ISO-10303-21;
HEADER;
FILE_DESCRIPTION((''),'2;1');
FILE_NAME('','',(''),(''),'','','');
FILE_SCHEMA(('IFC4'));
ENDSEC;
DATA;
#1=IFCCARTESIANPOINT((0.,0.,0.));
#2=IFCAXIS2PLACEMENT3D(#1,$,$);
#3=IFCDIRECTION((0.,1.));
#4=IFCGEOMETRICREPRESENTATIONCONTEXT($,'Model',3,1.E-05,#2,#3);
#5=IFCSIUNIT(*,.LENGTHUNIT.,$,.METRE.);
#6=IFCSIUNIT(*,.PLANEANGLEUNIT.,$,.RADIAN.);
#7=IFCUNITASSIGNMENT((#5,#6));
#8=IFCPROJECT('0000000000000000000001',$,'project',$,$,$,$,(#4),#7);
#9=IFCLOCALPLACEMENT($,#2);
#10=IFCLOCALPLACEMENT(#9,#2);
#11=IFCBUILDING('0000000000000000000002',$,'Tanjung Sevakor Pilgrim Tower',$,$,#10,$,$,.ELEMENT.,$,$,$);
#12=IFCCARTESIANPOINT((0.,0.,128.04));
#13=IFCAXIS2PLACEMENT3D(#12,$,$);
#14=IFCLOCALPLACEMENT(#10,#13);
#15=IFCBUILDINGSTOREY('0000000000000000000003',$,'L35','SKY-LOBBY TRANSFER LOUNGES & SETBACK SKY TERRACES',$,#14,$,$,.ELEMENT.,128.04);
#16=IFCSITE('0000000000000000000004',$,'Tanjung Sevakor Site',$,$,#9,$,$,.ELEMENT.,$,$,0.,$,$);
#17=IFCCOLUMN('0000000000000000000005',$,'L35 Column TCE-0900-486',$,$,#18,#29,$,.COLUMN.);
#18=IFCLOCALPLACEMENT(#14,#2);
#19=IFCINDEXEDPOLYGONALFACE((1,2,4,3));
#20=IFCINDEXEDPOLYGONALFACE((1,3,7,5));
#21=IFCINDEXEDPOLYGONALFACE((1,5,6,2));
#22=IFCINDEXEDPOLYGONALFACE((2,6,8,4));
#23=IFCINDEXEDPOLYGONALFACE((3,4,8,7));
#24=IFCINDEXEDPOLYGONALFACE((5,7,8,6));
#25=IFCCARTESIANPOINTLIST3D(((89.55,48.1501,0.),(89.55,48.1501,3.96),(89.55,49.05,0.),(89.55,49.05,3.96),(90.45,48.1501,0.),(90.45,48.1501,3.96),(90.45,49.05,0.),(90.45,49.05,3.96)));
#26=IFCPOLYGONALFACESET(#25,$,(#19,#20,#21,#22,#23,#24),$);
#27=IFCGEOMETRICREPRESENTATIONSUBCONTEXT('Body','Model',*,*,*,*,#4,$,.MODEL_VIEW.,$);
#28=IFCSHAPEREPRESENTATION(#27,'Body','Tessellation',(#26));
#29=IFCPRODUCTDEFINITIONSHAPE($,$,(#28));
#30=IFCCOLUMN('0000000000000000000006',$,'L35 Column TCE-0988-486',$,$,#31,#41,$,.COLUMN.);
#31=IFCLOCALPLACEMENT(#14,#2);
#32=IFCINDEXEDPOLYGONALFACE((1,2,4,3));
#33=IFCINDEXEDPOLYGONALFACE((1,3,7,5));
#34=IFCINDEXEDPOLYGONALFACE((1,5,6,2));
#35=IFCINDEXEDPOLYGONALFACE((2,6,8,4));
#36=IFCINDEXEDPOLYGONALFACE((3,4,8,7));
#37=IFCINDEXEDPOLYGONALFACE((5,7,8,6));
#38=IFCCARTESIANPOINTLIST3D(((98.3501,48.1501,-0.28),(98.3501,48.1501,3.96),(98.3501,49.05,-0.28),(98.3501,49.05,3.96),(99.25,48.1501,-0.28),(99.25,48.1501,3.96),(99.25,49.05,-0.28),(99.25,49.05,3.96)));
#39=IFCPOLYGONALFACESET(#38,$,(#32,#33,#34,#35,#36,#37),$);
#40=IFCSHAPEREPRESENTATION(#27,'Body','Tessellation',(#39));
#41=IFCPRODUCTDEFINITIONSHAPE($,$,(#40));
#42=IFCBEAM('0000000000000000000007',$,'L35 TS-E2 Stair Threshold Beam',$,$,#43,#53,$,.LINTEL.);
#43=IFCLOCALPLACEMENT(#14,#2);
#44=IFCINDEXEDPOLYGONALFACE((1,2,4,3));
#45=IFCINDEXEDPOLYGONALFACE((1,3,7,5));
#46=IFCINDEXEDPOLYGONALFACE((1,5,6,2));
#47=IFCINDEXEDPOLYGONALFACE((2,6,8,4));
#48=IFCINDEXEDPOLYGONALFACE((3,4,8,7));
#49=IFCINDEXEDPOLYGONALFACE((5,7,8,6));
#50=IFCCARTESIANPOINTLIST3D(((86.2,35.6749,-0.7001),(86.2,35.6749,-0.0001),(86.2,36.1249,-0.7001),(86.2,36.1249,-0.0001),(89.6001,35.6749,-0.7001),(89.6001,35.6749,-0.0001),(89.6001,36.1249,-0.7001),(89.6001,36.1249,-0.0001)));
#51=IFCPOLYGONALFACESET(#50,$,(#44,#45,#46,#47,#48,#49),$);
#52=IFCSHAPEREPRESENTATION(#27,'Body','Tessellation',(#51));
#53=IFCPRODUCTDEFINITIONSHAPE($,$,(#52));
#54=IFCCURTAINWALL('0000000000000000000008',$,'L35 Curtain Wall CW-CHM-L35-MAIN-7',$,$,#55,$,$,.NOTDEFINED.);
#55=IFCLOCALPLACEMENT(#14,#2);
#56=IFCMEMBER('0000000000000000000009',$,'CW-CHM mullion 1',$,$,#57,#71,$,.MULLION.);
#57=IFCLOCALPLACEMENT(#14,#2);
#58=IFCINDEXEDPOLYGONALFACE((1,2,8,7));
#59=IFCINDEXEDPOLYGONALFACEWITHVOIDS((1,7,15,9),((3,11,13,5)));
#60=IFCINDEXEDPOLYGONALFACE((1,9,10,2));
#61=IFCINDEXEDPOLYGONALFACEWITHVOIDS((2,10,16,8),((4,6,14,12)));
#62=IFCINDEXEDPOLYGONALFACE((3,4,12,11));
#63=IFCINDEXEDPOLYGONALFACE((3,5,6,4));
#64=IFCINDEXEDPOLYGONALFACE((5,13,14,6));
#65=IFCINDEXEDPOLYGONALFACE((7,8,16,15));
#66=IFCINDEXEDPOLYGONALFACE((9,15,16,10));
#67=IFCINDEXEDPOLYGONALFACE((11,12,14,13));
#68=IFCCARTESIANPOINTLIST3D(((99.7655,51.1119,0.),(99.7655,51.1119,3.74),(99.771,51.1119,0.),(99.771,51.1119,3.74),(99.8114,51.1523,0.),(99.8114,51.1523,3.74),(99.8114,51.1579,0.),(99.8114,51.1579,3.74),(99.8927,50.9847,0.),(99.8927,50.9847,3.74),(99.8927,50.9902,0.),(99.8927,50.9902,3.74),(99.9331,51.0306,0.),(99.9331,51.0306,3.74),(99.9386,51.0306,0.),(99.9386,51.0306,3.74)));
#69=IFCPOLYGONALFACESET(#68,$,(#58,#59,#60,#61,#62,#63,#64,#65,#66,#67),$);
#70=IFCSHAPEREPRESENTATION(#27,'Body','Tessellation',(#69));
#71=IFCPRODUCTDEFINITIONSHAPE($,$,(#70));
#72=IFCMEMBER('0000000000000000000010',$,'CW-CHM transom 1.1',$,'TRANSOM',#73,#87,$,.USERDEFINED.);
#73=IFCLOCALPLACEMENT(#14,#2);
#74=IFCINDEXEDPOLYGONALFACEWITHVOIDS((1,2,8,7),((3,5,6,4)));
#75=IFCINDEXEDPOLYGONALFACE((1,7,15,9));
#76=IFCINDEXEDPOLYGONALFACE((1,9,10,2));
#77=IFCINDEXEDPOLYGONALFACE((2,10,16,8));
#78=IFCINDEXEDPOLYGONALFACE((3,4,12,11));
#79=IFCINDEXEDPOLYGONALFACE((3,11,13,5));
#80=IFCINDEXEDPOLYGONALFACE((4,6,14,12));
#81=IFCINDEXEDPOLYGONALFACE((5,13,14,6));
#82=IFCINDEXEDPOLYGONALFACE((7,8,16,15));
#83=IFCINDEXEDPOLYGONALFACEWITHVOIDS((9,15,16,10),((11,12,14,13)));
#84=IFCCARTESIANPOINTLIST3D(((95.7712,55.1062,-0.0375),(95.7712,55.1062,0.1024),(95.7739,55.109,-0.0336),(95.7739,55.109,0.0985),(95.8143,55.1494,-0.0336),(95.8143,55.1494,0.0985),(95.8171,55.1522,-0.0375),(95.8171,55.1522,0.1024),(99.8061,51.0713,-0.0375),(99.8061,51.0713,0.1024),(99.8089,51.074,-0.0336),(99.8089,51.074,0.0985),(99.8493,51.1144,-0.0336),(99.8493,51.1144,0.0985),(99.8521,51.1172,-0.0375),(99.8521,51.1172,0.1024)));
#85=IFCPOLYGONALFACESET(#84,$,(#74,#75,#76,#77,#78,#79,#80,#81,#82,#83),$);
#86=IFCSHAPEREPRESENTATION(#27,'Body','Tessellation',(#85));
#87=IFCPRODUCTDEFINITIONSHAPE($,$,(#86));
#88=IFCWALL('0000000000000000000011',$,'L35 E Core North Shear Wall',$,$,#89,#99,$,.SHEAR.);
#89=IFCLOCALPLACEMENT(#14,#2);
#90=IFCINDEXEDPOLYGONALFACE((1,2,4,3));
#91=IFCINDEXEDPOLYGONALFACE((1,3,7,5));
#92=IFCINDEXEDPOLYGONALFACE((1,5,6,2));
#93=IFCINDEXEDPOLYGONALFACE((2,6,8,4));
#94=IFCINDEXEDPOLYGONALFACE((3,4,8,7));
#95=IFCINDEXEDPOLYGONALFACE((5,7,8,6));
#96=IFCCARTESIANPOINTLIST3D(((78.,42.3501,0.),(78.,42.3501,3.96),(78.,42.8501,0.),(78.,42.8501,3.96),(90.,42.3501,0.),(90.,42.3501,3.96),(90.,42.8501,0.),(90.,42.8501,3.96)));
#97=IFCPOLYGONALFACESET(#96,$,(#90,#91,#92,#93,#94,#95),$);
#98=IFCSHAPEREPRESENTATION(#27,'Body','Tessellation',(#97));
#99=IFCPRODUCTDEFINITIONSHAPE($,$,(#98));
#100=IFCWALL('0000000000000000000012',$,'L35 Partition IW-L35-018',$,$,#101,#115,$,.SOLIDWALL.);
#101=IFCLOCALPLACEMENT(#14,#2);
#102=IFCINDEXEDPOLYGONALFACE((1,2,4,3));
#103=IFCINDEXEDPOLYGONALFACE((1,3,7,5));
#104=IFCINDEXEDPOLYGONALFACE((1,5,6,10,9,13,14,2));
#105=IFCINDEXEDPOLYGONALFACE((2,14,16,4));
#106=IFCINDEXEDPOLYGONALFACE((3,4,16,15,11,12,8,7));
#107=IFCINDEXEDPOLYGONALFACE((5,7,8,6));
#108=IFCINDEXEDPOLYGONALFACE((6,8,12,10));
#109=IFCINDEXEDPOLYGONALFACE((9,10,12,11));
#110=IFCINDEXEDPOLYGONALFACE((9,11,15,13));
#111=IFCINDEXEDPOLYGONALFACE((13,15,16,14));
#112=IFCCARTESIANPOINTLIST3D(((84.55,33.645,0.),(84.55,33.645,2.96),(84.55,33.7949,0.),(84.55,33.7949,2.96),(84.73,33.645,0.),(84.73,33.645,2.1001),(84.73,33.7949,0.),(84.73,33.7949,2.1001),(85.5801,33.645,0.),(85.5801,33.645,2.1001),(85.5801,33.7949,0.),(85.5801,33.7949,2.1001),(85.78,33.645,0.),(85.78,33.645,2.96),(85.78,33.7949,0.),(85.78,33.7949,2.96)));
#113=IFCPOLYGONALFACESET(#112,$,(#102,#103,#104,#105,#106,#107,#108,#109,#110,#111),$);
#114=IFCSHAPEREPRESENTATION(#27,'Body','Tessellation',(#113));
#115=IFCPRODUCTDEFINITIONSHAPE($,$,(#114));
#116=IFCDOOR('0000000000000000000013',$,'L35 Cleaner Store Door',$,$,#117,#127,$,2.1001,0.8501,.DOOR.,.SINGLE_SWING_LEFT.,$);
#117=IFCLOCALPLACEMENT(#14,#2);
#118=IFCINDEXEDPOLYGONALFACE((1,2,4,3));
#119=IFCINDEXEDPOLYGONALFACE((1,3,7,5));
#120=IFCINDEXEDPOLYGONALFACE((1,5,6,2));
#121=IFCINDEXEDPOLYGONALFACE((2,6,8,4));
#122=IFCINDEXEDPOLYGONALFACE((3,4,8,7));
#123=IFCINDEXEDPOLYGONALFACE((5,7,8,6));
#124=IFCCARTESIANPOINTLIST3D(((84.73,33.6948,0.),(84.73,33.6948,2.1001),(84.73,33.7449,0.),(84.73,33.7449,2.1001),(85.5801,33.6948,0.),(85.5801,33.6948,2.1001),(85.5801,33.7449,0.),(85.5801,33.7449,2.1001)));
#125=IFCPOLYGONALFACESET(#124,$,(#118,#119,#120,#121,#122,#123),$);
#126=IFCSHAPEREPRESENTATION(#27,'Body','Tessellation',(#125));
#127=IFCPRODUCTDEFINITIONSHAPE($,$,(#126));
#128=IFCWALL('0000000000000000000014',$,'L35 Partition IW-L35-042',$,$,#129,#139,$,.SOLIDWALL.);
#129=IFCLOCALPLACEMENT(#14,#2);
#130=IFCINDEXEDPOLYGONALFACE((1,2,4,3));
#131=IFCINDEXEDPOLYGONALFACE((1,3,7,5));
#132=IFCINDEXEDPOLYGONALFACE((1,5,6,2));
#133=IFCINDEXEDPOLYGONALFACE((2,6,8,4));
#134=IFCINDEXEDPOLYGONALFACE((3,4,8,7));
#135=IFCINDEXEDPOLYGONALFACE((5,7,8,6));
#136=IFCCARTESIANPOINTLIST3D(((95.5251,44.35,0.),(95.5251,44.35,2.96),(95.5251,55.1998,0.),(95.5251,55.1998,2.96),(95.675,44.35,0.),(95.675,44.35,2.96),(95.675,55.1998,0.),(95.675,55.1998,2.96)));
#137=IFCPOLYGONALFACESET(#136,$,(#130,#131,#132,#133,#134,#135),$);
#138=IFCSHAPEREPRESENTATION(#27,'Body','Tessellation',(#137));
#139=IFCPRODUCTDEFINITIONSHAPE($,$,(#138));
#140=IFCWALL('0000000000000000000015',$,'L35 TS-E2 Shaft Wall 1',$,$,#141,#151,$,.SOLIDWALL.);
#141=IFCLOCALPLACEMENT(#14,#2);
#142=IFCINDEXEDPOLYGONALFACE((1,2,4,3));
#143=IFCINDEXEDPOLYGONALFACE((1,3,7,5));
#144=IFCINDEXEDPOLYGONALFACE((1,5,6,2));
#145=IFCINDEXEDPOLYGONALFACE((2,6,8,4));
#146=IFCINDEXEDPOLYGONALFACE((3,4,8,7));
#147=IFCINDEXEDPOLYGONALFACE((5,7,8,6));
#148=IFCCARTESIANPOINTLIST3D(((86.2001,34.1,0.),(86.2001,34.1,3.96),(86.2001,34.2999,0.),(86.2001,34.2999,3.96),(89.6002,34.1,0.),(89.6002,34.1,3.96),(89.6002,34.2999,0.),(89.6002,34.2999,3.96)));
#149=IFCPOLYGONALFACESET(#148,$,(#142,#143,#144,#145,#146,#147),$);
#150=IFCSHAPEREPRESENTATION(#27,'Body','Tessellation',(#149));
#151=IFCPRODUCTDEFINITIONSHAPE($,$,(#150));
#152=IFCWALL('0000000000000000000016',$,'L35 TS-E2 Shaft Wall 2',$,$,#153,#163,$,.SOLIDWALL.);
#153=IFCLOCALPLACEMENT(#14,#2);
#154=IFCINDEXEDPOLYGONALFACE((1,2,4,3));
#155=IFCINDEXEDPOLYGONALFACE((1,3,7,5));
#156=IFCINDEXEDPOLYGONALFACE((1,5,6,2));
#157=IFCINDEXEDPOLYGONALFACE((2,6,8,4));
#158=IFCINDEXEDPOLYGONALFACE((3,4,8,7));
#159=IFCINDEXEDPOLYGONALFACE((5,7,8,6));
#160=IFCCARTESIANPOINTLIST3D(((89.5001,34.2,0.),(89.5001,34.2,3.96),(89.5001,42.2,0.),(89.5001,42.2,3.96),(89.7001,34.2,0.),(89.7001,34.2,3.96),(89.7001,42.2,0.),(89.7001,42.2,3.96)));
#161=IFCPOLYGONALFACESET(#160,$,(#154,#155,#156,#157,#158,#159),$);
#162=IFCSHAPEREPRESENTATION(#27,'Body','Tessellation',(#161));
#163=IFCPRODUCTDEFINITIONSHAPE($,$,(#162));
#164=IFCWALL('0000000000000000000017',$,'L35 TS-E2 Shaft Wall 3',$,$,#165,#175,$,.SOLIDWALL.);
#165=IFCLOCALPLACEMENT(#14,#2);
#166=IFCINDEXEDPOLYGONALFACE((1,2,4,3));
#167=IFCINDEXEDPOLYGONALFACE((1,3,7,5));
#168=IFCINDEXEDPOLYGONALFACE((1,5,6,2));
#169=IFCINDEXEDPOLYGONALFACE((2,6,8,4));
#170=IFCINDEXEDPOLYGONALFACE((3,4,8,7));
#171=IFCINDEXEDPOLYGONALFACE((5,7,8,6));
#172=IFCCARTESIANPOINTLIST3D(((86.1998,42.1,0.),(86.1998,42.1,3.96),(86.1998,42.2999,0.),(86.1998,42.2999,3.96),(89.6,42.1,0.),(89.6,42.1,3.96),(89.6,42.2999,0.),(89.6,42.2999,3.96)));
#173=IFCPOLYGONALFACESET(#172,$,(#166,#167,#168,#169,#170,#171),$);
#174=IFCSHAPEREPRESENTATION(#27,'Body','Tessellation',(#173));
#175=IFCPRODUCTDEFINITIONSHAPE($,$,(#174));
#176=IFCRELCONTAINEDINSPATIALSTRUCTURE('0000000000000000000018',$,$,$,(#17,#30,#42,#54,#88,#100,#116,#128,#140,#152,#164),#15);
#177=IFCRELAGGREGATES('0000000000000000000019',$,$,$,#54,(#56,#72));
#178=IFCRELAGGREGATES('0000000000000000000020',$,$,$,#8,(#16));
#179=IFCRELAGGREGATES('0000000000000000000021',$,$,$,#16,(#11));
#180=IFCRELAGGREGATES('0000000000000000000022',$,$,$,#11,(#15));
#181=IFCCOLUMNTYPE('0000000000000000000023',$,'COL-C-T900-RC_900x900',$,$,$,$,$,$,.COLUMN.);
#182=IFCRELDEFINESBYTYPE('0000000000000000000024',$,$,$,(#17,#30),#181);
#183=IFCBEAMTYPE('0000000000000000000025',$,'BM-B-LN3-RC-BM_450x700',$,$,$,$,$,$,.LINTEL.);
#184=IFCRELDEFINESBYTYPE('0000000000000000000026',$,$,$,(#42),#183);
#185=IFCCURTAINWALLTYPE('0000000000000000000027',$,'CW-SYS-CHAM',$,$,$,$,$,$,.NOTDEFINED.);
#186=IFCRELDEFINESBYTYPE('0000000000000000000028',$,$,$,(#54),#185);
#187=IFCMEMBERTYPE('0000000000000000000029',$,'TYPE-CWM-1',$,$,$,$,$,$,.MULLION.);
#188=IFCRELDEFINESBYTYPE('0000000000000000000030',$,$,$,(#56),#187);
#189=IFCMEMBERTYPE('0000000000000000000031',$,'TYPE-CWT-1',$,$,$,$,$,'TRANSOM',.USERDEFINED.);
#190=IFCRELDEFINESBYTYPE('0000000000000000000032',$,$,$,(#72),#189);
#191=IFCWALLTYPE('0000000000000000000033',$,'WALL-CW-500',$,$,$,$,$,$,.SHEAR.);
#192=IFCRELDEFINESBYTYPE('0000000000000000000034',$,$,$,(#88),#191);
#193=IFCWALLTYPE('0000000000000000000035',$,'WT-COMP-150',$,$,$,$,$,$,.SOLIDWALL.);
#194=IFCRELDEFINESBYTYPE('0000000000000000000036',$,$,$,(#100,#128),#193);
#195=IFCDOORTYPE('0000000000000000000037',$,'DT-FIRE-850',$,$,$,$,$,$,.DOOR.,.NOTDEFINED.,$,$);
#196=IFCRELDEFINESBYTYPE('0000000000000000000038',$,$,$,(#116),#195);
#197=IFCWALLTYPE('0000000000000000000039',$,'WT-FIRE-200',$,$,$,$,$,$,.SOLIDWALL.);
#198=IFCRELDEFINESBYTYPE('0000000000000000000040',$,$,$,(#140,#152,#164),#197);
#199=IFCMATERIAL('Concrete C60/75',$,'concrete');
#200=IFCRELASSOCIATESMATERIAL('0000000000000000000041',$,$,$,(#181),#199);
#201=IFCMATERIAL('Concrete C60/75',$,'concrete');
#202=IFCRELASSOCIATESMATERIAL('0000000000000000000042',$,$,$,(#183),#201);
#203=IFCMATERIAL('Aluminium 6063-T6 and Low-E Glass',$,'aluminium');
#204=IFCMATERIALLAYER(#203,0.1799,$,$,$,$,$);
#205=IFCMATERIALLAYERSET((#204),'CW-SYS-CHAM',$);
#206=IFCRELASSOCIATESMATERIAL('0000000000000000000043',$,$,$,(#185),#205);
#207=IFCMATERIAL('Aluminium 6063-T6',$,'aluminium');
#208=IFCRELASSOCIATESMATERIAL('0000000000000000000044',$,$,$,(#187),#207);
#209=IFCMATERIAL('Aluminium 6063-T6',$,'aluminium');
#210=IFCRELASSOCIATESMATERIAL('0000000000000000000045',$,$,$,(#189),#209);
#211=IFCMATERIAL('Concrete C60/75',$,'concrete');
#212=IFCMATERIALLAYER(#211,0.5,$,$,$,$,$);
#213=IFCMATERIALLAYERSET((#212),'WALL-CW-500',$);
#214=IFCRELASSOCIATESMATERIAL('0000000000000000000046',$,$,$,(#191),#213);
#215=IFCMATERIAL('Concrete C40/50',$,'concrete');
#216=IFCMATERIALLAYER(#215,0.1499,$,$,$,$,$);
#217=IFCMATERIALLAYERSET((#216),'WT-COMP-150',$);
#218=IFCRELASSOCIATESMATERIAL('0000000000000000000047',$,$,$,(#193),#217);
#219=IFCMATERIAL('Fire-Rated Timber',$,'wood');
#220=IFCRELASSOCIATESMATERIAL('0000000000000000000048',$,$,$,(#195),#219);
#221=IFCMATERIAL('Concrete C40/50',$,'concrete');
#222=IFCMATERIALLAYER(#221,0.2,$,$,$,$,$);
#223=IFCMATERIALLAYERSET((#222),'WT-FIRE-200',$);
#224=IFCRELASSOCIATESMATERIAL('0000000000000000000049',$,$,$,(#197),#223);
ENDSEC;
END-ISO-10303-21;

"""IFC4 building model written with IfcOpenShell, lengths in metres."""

from ifc_helpers import new_model, si_unit, direction, frame, frame_2d, origin, origin_2d, place, context, subcontext, project, spatial, rectangle, hollow_rectangle, extrude, material, layer, layer_set, material_profile, profile_set, type_object, element, fill, aggregate, save


model = new_model("IFC4")

# Units and contexts
model_context = context("Model", 3, precision=1e-05, world=origin(), true_north=direction((0.0, 1.0)))
body_context = subcontext(model_context, "Body", "Model", "MODEL_VIEW")
ifc_project = project(units=[si_unit("LENGTHUNIT", "METRE"), si_unit("PLANEANGLEUNIT", "RADIAN")], contexts=[model_context])

# Site, building, storey
site_placement = place(None, origin())
site = spatial("IfcSite", under=ifc_project, at=site_placement, Name="Tanjung Sevakor Site", CompositionType="ELEMENT", RefElevation=0.0)
building_placement = place(site_placement, origin())
building = spatial("IfcBuilding", under=site, at=building_placement, Name="Tanjung Sevakor Pilgrim Tower", CompositionType="ELEMENT")
storey_placement = place(building_placement, frame((0.0, 0.0, 128.04)))
storey = spatial("IfcBuildingStorey", under=building, at=storey_placement, Name="L35", Description="SKY-LOBBY TRANSFER LOUNGES & SETBACK SKY TERRACES", CompositionType="ELEMENT", Elevation=128.04)

# Columns
ifc_material_1 = material(Name="Concrete C60/75", Category="concrete")
ifc_material_profile_1 = material_profile(ifc_material_1, rectangle(XDim=0.8999, YDim=0.8999, at=origin_2d()))
ifc_profile_set_1 = profile_set([ifc_material_profile_1], Name="Concrete C60/75")
column_type = type_object("IfcColumnType", Name="COL-C-T900-RC_900x900", PredefinedType="COLUMN", material=ifc_profile_set_1)
column_1_placement = place(storey_placement, frame((90.0, 48.6001, 0.0), z_axis=(0.0, 0.0, 1.0), x_axis=(1.0, 0.0, 0.0)))
element("IfcColumn", 1, at=column_1_placement, inside=storey, type_object=column_type, Name="L35 Column TCE-0900-486", PredefinedType="COLUMN", context=body_context, shape_type="SweptSolid", body=[
    extrude(rectangle(XDim=0.8999, YDim=0.8999, at=origin_2d()), origin(), (0.0, 0.0, 1.0), 3.96),
])
column_2_placement = place(storey_placement, frame((98.8, 48.6001, -0.28), z_axis=(0.0, 0.0, 1.0), x_axis=(1.0, 0.0, 0.0)))
element("IfcColumn", 2, at=column_2_placement, inside=storey, type_object=column_type, Name="L35 Column TCE-0988-486", PredefinedType="COLUMN", context=body_context, shape_type="SweptSolid", body=[
    extrude(rectangle(XDim=0.8999, YDim=0.8999, at=origin_2d()), origin(), (0.0, 0.0, 1.0), 4.24),
])

# Beam
ifc_material_2 = material(Name="Concrete C60/75", Category="concrete")
ifc_material_profile_2 = material_profile(ifc_material_2, rectangle(XDim=0.45, YDim=0.7, at=origin_2d()))
ifc_profile_set_2 = profile_set([ifc_material_profile_2], Name="Concrete C60/75")
beam_type = type_object("IfcBeamType", Name="BM-B-LN3-RC-BM_450x700", PredefinedType="LINTEL", material=ifc_profile_set_2)
beam_placement = place(storey_placement, frame((86.2, 35.8999, -0.3501), z_axis=(1.0, 0.0, 0.0), x_axis=(0.0, 1.0, 0.0)))
element("IfcBeam", 3, at=beam_placement, inside=storey, type_object=beam_type, Name="L35 TS-E2 Stair Threshold Beam", PredefinedType="LINTEL", context=body_context, shape_type="SweptSolid", body=[
    extrude(rectangle(XDim=0.45, YDim=0.7, at=origin_2d()), origin(), (0.0, 0.0, 1.0), 3.4001),
])

# Curtain wall, members
ifc_material_3 = material(Name="Aluminium 6063-T6 and Low-E Glass", Category="aluminium")
ifc_layer_1 = layer(ifc_material_3, 0.1799)
ifc_layer_set_1 = layer_set([ifc_layer_1], Name="CW-SYS-CHAM")
curtain_wall_type = type_object("IfcCurtainWallType", Name="CW-SYS-CHAM", PredefinedType="NOTDEFINED", material=ifc_layer_set_1)
curtain_wall_placement = place(storey_placement, origin())
curtain_wall = element("IfcCurtainWall", 4, at=curtain_wall_placement, inside=storey, type_object=curtain_wall_type, Name="L35 Curtain Wall CW-CHM-L35-MAIN-7", PredefinedType="NOTDEFINED")
ifc_material_4 = material(Name="Aluminium 6063-T6", Category="aluminium")
ifc_material_profile_3 = material_profile(ifc_material_4, hollow_rectangle(XDim=0.0649, YDim=0.1799, WallThickness=0.0039, at=origin_2d()))
ifc_profile_set_3 = profile_set([ifc_material_profile_3], Name="Aluminium 6063-T6")
member_type_1 = type_object("IfcMemberType", Name="TYPE-CWM-1", PredefinedType="MULLION", material=ifc_profile_set_3)
member_1_placement = place(storey_placement, frame((99.8521, 51.0713, 0.0), z_axis=(0.0, 0.0, 1.0), x_axis=(-0.707107, -0.707107, 0.0)))
member_1 = element("IfcMember", 5, at=member_1_placement, type_object=member_type_1, Name="CW-CHM mullion 1", PredefinedType="MULLION", context=body_context, shape_type="SweptSolid", body=[
    extrude(hollow_rectangle(XDim=0.0649, YDim=0.1799, WallThickness=0.0039, at=origin_2d()), origin(), (0.0, 0.0, 1.0), 3.74),
])
ifc_material_5 = material(Name="Aluminium 6063-T6", Category="aluminium")
ifc_material_profile_4 = material_profile(ifc_material_5, hollow_rectangle(XDim=0.0649, YDim=0.1399, WallThickness=0.0039, at=origin_2d()))
ifc_profile_set_4 = profile_set([ifc_material_profile_4], Name="Aluminium 6063-T6")
member_type_2 = type_object("IfcMemberType", Name="TYPE-CWT-1", ElementType="TRANSOM", PredefinedType="USERDEFINED", material=ifc_profile_set_4)
member_2_placement = place(storey_placement, frame((99.8291, 51.0942, 0.0325), z_axis=(-0.707107, 0.707107, 0.0), x_axis=(-0.707107, -0.707107, 0.0)))
member_2 = element("IfcMember", 6, at=member_2_placement, type_object=member_type_2, Name="CW-CHM transom 1.1", ObjectType="TRANSOM", PredefinedType="USERDEFINED", context=body_context, shape_type="SweptSolid", body=[
    extrude(hollow_rectangle(XDim=0.0649, YDim=0.1399, WallThickness=0.0039, at=origin_2d()), origin(), (0.0, 0.0, 1.0), 5.7063),
])
aggregate(curtain_wall, [member_1, member_2])

# Wall
ifc_material_6 = material(Name="Concrete C60/75", Category="concrete")
ifc_layer_2 = layer(ifc_material_6, 0.5)
ifc_layer_set_2 = layer_set([ifc_layer_2], Name="WALL-CW-500")
wall_type_1 = type_object("IfcWallType", Name="WALL-CW-500", PredefinedType="SHEAR", material=ifc_layer_set_2)
wall_1_placement = place(storey_placement, frame((90.0, 42.6001, 0.0), z_axis=(0.0, 0.0, 1.0), x_axis=(-1.0, 0.0, 0.0)))
element("IfcWall", 7, at=wall_1_placement, inside=storey, type_object=wall_type_1, Name="L35 E Core North Shear Wall", PredefinedType="SHEAR", context=body_context, shape_type="SweptSolid", body=[
    extrude(rectangle(XDim=12.0, YDim=0.5, at=frame_2d((6.0, 0.0))), origin(), (0.0, 0.0, 1.0), 3.96),
])

# Wall, opening, door
ifc_material_7 = material(Name="Concrete C40/50", Category="concrete")
ifc_layer_3 = layer(ifc_material_7, 0.1499)
ifc_layer_set_3 = layer_set([ifc_layer_3], Name="WT-COMP-150")
wall_type_2 = type_object("IfcWallType", Name="WT-COMP-150", PredefinedType="SOLIDWALL", material=ifc_layer_set_3)
wall_2_placement = place(storey_placement, frame((84.55, 33.72, 0.0), z_axis=(0.0, 0.0, 1.0), x_axis=(1.0, 0.0, 0.0)))
wall_2 = element("IfcWall", 8, at=wall_2_placement, inside=storey, type_object=wall_type_2, Name="L35 Partition IW-L35-018", PredefinedType="SOLIDWALL", context=body_context, shape_type="SweptSolid", body=[
    extrude(rectangle(XDim=1.23, YDim=0.1499, at=frame_2d((0.615, 0.0))), origin(), (0.0, 0.0, 1.0), 2.96),
])
opening_placement = place(wall_2_placement, frame((0.1799, 0.0, 0.0)))
opening = element("IfcOpeningElement", 9, at=opening_placement, cuts=wall_2, PredefinedType="OPENING", context=body_context, shape_type="SweptSolid", body=[
    extrude(rectangle(XDim=0.8501, YDim=2.1001, at=frame_2d((0.425, 1.05))), frame((0.0, 0.085, 0.0), z_axis=(0.0, -1.0, 0.0), x_axis=(1.0, 0.0, 0.0)), (0.0, 0.0, 1.0), 0.1699),
])
ifc_material_8 = material(Name="Fire-Rated Timber", Category="wood")
door_type = type_object("IfcDoorType", Name="DT-FIRE-850", OperationType="NOTDEFINED", PredefinedType="DOOR", material=ifc_material_8)
door_placement = place(opening_placement, origin())
door = element("IfcDoor", 10, at=door_placement, inside=storey, type_object=door_type, Name="L35 Cleaner Store Door", OperationType="SINGLE_SWING_LEFT", OverallHeight=2.1001, OverallWidth=0.8501, PredefinedType="DOOR", context=body_context, shape_type="SweptSolid", body=[
    extrude(rectangle(XDim=0.8501, YDim=2.1001, at=frame_2d((0.425, 1.05))), frame((0.0, 0.0249, 0.0), z_axis=(0.0, -1.0, 0.0), x_axis=(1.0, 0.0, 0.0)), (0.0, 0.0, 1.0), 0.05),
])
fill(opening, door)

# Walls
wall_3_placement = place(storey_placement, frame((95.6001, 44.3501, 0.0), z_axis=(0.0, 0.0, 1.0), x_axis=(0.0, 1.0, 0.0)))
element("IfcWall", 11, at=wall_3_placement, inside=storey, type_object=wall_type_2, Name="L35 Partition IW-L35-042", PredefinedType="SOLIDWALL", context=body_context, shape_type="SweptSolid", body=[
    extrude(rectangle(XDim=10.8499, YDim=0.1499, at=frame_2d((5.4248, 0.0))), origin(), (0.0, 0.0, 1.0), 2.96),
])
ifc_material_9 = material(Name="Concrete C40/50", Category="concrete")
ifc_layer_4 = layer(ifc_material_9, 0.2)
ifc_layer_set_4 = layer_set([ifc_layer_4], Name="WT-FIRE-200")
wall_type_3 = type_object("IfcWallType", Name="WT-FIRE-200", PredefinedType="SOLIDWALL", material=ifc_layer_set_4)
wall_4_placement = place(storey_placement, frame((86.2, 34.2, 0.0), z_axis=(0.0, 0.0, 1.0), x_axis=(1.0, 0.0, 0.0)))
element("IfcWall", 12, at=wall_4_placement, inside=storey, type_object=wall_type_3, Name="L35 TS-E2 Shaft Wall 1", PredefinedType="SOLIDWALL", context=body_context, shape_type="SweptSolid", body=[
    extrude(rectangle(XDim=3.4001, YDim=0.2, at=frame_2d((1.7002, 0.0))), origin(), (0.0, 0.0, 1.0), 3.96),
])
wall_5_placement = place(storey_placement, frame((89.6001, 34.2, 0.0), z_axis=(0.0, 0.0, 1.0), x_axis=(0.0, 1.0, 0.0)))
element("IfcWall", 13, at=wall_5_placement, inside=storey, type_object=wall_type_3, Name="L35 TS-E2 Shaft Wall 2", PredefinedType="SOLIDWALL", context=body_context, shape_type="SweptSolid", body=[
    extrude(rectangle(XDim=8.0, YDim=0.2, at=frame_2d((4.0, 0.0))), origin(), (0.0, 0.0, 1.0), 3.96),
])
wall_6_placement = place(storey_placement, frame((89.6001, 42.2, 0.0), z_axis=(0.0, 0.0, 1.0), x_axis=(-1.0, 0.0, 0.0)))
element("IfcWall", 14, at=wall_6_placement, inside=storey, type_object=wall_type_3, Name="L35 TS-E2 Shaft Wall 3", PredefinedType="SOLIDWALL", context=body_context, shape_type="SweptSolid", body=[
    extrude(rectangle(XDim=3.4001, YDim=0.2, at=frame_2d((1.7002, 0.0))), origin(), (0.0, 0.0, 1.0), 3.96),
])

save(model, "model.ifc")
